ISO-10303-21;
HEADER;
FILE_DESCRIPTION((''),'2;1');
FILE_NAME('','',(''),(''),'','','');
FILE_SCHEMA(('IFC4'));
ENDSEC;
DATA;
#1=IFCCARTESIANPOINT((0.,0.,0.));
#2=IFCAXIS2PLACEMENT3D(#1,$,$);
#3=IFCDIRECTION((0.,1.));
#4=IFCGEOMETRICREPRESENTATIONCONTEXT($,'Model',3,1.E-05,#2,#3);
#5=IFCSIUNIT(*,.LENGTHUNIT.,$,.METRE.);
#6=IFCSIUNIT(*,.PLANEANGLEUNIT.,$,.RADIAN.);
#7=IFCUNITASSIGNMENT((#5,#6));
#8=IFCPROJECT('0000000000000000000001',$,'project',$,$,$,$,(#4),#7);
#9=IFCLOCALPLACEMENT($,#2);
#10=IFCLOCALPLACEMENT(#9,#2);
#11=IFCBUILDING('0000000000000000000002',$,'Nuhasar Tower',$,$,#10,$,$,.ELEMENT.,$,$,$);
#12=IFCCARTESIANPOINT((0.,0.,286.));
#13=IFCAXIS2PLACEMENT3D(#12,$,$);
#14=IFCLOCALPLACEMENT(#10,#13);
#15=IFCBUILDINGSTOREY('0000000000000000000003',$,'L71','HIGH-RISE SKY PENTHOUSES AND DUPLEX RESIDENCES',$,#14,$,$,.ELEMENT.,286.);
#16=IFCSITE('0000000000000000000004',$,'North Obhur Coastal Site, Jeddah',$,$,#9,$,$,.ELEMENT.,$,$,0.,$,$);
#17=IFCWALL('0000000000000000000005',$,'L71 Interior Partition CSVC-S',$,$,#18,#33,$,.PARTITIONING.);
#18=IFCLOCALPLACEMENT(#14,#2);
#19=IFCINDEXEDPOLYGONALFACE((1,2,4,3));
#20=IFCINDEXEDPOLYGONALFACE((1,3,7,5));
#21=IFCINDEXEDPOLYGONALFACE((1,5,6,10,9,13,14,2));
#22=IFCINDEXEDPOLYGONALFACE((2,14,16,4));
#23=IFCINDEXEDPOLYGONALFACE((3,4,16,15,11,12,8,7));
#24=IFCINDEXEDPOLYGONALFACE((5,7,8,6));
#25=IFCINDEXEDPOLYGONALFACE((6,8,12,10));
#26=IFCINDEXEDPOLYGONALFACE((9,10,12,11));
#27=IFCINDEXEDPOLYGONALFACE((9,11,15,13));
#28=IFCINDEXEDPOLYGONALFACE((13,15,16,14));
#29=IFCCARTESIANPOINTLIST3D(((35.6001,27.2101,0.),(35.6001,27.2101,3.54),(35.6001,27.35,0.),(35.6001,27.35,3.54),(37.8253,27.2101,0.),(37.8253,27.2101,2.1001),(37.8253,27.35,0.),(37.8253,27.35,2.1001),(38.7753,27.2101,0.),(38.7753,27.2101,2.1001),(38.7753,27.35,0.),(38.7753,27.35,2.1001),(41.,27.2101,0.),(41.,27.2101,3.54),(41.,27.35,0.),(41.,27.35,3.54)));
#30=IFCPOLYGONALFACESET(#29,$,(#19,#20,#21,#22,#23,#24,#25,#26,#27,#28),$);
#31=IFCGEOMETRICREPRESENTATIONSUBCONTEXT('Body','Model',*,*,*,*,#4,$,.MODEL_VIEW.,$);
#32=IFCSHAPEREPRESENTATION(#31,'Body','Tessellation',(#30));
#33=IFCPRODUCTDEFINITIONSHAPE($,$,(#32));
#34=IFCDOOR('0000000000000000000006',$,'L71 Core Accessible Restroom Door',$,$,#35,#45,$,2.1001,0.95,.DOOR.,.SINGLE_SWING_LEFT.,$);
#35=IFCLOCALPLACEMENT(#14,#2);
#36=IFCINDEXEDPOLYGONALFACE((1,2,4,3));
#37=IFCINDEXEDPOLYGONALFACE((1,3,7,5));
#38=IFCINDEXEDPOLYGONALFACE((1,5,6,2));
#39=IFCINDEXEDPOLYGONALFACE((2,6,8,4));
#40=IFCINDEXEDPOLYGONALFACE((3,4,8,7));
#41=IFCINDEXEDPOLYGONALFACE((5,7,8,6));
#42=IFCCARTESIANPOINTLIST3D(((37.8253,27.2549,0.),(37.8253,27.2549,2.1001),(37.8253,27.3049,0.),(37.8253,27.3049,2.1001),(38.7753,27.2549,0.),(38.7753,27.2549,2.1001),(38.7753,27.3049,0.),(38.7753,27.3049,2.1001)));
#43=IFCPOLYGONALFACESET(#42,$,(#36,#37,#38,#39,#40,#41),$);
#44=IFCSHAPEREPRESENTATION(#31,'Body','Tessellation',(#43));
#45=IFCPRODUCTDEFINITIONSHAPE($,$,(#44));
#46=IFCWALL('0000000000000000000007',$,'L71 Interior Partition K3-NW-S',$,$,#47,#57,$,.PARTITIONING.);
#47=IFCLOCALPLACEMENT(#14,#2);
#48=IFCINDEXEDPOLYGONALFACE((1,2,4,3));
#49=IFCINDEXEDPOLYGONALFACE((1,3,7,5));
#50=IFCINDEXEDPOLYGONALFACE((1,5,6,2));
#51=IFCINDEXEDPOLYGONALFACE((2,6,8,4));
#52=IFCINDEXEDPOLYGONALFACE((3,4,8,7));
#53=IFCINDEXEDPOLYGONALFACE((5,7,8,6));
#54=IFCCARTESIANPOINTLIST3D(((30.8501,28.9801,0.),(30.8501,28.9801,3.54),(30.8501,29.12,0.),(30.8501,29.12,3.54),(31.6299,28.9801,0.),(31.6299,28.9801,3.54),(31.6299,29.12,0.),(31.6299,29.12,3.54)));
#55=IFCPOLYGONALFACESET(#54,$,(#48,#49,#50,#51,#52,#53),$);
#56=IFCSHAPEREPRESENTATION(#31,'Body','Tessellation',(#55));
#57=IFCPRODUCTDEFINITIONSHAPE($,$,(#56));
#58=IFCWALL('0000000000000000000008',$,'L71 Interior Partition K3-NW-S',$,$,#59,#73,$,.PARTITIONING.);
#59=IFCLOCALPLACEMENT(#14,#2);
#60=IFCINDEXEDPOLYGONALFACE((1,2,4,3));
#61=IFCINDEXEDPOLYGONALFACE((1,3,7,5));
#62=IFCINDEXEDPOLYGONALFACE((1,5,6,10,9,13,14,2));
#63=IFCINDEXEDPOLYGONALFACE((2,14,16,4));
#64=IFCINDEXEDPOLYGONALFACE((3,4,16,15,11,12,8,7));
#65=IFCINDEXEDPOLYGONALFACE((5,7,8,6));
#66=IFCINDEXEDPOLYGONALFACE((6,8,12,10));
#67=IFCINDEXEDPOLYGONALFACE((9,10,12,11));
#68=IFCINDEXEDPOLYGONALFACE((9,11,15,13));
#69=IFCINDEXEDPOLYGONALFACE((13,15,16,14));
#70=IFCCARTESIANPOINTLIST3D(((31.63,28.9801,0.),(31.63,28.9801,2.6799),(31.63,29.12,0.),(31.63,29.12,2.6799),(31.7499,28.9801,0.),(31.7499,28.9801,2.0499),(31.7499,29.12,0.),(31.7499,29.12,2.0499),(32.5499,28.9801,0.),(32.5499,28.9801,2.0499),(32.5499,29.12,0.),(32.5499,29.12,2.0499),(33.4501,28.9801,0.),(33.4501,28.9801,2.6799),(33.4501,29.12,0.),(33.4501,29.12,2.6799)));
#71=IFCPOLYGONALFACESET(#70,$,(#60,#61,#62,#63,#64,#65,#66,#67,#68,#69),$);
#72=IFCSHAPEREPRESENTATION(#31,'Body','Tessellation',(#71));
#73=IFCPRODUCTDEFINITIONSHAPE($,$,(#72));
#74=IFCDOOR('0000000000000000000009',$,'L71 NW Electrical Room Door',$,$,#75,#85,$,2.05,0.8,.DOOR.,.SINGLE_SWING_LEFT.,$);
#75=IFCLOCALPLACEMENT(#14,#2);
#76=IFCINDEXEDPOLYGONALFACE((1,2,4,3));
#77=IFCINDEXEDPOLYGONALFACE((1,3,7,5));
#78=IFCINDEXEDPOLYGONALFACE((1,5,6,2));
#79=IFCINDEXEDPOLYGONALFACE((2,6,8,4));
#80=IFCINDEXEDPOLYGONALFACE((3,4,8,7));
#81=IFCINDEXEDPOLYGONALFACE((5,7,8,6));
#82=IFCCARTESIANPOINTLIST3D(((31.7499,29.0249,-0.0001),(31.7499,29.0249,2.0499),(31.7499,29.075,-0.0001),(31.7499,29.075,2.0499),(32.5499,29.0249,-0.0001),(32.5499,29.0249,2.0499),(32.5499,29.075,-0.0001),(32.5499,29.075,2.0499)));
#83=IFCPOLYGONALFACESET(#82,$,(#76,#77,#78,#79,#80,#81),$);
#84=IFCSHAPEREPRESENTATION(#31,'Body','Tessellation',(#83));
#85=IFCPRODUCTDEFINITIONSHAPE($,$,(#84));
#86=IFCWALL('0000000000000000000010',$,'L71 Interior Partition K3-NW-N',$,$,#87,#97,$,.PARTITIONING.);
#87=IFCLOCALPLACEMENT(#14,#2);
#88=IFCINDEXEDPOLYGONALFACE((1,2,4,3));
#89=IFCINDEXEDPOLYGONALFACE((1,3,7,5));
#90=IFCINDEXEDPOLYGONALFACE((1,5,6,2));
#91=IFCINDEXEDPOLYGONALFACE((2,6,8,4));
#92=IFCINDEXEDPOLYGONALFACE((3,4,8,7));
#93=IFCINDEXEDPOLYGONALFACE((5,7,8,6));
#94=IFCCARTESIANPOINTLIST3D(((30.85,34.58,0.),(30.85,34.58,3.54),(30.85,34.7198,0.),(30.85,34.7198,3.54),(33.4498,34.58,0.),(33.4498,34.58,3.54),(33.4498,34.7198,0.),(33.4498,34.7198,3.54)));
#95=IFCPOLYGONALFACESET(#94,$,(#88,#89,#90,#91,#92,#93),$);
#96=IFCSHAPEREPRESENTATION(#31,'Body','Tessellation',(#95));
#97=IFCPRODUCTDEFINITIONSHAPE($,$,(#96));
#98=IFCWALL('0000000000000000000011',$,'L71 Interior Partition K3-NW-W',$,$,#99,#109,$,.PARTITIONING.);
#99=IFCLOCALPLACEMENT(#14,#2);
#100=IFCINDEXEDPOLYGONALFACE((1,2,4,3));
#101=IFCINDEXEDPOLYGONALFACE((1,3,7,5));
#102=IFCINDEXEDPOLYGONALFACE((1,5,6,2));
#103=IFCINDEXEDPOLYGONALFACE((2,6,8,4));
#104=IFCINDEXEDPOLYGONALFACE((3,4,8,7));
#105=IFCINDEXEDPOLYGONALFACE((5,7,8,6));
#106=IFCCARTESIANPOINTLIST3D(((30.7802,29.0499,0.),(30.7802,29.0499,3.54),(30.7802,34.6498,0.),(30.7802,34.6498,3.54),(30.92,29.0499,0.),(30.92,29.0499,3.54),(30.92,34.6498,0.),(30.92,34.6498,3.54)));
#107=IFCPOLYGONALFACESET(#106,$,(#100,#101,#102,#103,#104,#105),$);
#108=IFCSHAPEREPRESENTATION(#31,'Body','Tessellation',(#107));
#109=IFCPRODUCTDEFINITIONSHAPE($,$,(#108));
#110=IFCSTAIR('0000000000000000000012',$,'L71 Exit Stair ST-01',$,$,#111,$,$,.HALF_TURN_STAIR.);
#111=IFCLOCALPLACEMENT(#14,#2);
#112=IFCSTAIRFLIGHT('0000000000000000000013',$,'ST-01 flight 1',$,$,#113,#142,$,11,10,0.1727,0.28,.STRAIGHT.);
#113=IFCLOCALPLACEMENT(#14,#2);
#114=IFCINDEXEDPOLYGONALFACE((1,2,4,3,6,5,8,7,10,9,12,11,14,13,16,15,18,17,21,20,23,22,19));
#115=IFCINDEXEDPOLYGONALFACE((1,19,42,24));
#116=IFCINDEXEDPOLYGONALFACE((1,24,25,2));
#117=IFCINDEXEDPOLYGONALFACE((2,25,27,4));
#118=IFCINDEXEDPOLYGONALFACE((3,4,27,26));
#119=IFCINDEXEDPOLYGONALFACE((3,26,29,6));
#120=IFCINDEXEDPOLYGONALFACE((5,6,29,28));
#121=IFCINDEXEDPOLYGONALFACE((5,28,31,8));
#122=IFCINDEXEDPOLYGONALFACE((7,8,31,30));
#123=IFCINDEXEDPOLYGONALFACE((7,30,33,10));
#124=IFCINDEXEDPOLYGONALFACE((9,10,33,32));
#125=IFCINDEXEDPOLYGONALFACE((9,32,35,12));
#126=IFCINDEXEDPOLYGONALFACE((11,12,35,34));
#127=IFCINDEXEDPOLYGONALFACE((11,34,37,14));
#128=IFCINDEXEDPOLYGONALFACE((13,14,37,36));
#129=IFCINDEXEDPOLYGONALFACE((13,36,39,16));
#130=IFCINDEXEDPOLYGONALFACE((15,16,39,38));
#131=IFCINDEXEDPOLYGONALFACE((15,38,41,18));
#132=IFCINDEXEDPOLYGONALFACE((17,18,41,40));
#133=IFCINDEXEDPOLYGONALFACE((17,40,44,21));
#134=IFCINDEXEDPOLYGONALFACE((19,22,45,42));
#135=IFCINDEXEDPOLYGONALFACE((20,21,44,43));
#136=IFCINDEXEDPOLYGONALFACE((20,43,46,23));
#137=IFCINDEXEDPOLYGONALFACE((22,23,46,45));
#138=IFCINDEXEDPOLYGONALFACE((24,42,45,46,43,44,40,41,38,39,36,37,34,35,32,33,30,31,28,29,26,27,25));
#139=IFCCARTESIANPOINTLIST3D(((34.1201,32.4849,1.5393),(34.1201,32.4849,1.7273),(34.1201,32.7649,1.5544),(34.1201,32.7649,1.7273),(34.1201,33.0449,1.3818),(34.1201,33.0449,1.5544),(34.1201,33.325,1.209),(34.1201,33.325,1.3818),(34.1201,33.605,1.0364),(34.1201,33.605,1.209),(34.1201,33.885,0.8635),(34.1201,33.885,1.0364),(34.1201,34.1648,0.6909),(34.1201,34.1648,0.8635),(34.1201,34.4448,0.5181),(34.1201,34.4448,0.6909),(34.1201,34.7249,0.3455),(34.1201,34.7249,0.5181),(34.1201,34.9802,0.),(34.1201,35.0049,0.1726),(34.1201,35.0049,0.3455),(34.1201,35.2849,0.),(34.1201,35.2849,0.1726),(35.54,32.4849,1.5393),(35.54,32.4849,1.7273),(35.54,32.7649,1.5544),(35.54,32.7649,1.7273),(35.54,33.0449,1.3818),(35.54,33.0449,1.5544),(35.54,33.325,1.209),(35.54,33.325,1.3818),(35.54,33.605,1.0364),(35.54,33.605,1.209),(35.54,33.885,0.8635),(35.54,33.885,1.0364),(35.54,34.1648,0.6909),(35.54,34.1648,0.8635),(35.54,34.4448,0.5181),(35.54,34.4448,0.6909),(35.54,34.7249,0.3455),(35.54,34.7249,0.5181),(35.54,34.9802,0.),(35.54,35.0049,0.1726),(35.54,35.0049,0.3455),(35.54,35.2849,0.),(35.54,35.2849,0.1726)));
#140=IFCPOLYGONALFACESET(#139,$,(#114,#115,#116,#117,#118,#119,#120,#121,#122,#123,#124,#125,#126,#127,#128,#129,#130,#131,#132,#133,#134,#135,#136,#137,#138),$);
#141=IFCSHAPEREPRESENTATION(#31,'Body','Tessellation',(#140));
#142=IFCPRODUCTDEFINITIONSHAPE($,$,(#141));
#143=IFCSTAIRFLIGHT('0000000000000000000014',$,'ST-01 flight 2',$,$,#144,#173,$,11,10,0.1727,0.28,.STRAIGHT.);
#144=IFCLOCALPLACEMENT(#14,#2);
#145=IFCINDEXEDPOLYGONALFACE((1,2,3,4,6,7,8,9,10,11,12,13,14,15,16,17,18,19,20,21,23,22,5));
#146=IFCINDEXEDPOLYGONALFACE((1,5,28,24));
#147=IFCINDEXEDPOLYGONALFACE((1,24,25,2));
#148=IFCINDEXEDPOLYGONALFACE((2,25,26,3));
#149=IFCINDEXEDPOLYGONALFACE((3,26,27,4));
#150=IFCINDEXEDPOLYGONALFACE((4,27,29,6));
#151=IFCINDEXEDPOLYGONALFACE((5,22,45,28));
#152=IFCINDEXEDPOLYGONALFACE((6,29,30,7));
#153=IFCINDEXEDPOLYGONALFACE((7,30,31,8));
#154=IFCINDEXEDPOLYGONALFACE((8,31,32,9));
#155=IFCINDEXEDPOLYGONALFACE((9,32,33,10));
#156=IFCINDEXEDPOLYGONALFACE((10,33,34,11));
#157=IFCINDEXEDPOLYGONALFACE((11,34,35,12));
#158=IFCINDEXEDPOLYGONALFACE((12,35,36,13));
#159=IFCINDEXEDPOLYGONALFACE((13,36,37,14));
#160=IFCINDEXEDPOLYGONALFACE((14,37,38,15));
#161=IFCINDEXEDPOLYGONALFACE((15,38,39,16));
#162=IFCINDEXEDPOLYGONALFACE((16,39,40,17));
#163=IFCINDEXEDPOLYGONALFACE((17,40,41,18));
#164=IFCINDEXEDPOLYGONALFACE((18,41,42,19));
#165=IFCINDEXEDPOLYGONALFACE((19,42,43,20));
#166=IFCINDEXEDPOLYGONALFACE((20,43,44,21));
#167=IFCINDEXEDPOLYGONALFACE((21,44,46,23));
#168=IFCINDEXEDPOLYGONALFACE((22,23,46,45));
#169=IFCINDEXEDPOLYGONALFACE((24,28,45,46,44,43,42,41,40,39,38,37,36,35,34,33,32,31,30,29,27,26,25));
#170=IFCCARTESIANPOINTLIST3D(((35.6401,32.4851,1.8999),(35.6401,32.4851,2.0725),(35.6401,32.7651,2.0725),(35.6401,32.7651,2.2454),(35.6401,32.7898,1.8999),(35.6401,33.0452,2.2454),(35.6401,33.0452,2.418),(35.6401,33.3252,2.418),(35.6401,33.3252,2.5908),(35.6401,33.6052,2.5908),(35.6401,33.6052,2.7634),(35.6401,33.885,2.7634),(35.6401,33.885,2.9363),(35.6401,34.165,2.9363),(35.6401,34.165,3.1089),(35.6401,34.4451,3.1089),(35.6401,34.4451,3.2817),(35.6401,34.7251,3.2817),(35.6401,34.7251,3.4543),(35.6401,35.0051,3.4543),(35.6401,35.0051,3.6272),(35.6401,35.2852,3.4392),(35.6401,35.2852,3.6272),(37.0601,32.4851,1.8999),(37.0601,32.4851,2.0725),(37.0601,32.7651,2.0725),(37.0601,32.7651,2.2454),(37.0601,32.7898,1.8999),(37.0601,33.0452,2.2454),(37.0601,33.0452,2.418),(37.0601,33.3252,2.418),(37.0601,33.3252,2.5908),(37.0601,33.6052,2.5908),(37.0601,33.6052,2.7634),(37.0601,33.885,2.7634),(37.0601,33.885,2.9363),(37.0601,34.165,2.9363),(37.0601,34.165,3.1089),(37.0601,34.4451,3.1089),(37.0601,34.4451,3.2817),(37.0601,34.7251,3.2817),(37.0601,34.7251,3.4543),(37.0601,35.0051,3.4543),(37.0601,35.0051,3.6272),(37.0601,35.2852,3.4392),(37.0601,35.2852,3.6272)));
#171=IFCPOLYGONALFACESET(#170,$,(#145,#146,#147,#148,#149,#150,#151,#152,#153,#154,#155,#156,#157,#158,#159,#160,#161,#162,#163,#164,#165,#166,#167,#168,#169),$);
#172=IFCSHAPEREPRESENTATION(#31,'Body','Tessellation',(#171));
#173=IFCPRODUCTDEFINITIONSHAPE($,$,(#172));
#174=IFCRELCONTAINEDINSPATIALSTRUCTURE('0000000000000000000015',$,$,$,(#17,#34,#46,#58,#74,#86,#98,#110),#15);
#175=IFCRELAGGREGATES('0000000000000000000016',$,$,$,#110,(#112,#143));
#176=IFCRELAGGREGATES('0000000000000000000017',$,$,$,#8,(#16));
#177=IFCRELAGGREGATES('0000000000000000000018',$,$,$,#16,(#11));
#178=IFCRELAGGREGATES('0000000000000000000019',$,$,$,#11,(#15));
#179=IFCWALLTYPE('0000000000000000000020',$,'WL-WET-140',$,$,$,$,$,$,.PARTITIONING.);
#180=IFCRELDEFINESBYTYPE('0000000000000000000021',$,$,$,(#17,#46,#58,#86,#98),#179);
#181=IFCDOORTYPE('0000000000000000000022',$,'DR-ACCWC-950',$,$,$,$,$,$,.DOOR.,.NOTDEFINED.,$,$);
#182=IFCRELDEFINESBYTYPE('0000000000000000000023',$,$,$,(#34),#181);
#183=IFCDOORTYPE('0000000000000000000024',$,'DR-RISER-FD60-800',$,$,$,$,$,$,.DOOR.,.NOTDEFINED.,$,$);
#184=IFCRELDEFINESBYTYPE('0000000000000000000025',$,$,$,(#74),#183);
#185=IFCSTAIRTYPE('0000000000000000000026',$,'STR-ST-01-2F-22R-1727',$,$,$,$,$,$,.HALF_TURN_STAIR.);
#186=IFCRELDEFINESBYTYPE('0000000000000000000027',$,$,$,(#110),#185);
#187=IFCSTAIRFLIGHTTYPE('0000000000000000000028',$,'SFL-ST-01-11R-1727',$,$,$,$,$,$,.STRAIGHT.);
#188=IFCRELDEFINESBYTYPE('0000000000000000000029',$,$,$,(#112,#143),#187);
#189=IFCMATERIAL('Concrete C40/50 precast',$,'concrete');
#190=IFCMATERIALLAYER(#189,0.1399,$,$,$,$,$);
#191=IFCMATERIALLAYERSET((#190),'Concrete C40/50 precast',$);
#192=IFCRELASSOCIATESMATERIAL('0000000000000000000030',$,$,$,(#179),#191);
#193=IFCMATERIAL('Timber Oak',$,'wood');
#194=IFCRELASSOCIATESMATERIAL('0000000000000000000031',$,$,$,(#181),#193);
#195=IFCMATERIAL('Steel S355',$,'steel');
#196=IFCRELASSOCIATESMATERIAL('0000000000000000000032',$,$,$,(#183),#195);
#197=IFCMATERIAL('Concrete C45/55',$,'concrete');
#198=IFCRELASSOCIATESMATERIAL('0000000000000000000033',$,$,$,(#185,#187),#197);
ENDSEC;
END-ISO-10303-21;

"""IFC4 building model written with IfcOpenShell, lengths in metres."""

from ifc_helpers import new_model, si_unit, direction, frame, frame_2d, origin, place, context, subcontext, project, spatial, polyline, rectangle, outline, extrude, material, layer, layer_set, type_object, element, fill, aggregate, save


model = new_model("IFC4")

# Units and contexts
model_context = context("Model", 3, precision=1e-05, world=origin(), true_north=direction((0.0, 1.0)))
body_context = subcontext(model_context, "Body", "Model", "MODEL_VIEW")
ifc_project = project(units=[si_unit("LENGTHUNIT", "METRE"), si_unit("PLANEANGLEUNIT", "RADIAN")], contexts=[model_context])

# Site, building, storey
site_placement = place(None, origin())
site = spatial("IfcSite", under=ifc_project, at=site_placement, Name="North Obhur Coastal Site, Jeddah", CompositionType="ELEMENT", RefElevation=0.0)
building_placement = place(site_placement, origin())
building = spatial("IfcBuilding", under=site, at=building_placement, Name="Nuhasar Tower", CompositionType="ELEMENT")
storey_placement = place(building_placement, frame((0.0, 0.0, 286.0)))
storey = spatial("IfcBuildingStorey", under=building, at=storey_placement, Name="L71", Description="HIGH-RISE SKY PENTHOUSES AND DUPLEX RESIDENCES", CompositionType="ELEMENT", Elevation=286.0)

# Shared definitions
ifc_material_1 = material(Name="Steel S355", Category="steel")

# Shared definitions
ifc_material_2 = material(Name="Concrete C40/50 precast", Category="concrete")
ifc_layer_1 = layer(ifc_material_2, 0.1399)
ifc_layer_set_1 = layer_set([ifc_layer_1], Name="Concrete C40/50 precast")
wall_type_1 = type_object("IfcWallType", Name="WL-WET-140", PredefinedType="PARTITIONING", material=ifc_layer_set_1)

# Wall, opening, door
wall_1_placement = place(storey_placement, frame((35.6001, 27.28, 0.0), z_axis=(0.0, 0.0, 1.0), x_axis=(1.0, 0.0, 0.0)))
wall_1 = element("IfcWall", 1, at=wall_1_placement, inside=storey, type_object=wall_type_1, Name="L71 Interior Partition CSVC-S", PredefinedType="PARTITIONING", context=body_context, shape_type="SweptSolid", body=[
    extrude(rectangle(XDim=5.3999, YDim=0.1399, at=frame_2d((2.7, 0.0))), origin(), (0.0, 0.0, 1.0), 3.54),
])
opening_1_placement = place(wall_1_placement, frame((2.2251, 0.0, 0.0)))
opening_1 = element("IfcOpeningElement", 2, at=opening_1_placement, cuts=wall_1, PredefinedType="OPENING", context=body_context, shape_type="SweptSolid", body=[
    extrude(rectangle(XDim=0.95, YDim=2.1001, at=frame_2d((0.4751, 1.05))), frame((0.0, 0.0801, 0.0), z_axis=(0.0, -1.0, 0.0), x_axis=(1.0, 0.0, 0.0)), (0.0, 0.0, 1.0), 0.1599),
])
ifc_material_3 = material(Name="Timber Oak", Category="wood")
door_type_1 = type_object("IfcDoorType", Name="DR-ACCWC-950", OperationType="NOTDEFINED", PredefinedType="DOOR", material=ifc_material_3)
door_1_placement = place(opening_1_placement, origin())
door_1 = element("IfcDoor", 3, at=door_1_placement, inside=storey, type_object=door_type_1, Name="L71 Core Accessible Restroom Door", OperationType="SINGLE_SWING_LEFT", OverallHeight=2.1001, OverallWidth=0.95, PredefinedType="DOOR", context=body_context, shape_type="SweptSolid", body=[
    extrude(rectangle(XDim=0.95, YDim=2.1001, at=frame_2d((0.4751, 1.05))), frame((0.0, 0.0249, 0.0), z_axis=(0.0, -1.0, 0.0), x_axis=(1.0, 0.0, 0.0)), (0.0, 0.0, 1.0), 0.05),
])
fill(opening_1, door_1)

# Wall
wall_2_placement = place(storey_placement, frame((30.8501, 29.05, 0.0), z_axis=(0.0, 0.0, 1.0), x_axis=(1.0, 0.0, 0.0)))
element("IfcWall", 4, at=wall_2_placement, inside=storey, type_object=wall_type_1, Name="L71 Interior Partition K3-NW-S", PredefinedType="PARTITIONING", context=body_context, shape_type="SweptSolid", body=[
    extrude(rectangle(XDim=0.7798, YDim=0.1399, at=frame_2d((0.3899, 0.0))), origin(), (0.0, 0.0, 1.0), 3.54),
])

# Wall, opening, door
wall_3_placement = place(storey_placement, frame((31.6299, 29.05, 0.0), z_axis=(0.0, 0.0, 1.0), x_axis=(1.0, 0.0, 0.0)))
wall_3 = element("IfcWall", 5, at=wall_3_placement, inside=storey, type_object=wall_type_1, Name="L71 Interior Partition K3-NW-S", PredefinedType="PARTITIONING", context=body_context, shape_type="SweptSolid", body=[
    extrude(rectangle(XDim=1.8201, YDim=0.1399, at=frame_2d((0.9102, 0.0))), origin(), (0.0, 0.0, 1.0), 2.6799),
])
opening_2_placement = place(wall_3_placement, frame((0.1201, 0.0, 0.0)))
opening_2 = element("IfcOpeningElement", 6, at=opening_2_placement, cuts=wall_3, PredefinedType="OPENING", context=body_context, shape_type="SweptSolid", body=[
    extrude(rectangle(XDim=0.8, YDim=2.05, at=frame_2d((0.3999, 1.0249))), frame((0.0, 0.0801, 0.0), z_axis=(0.0, -1.0, 0.0), x_axis=(1.0, 0.0, 0.0)), (0.0, 0.0, 1.0), 0.1599),
])
door_type_2 = type_object("IfcDoorType", Name="DR-RISER-FD60-800", OperationType="NOTDEFINED", PredefinedType="DOOR", material=ifc_material_1)
door_2_placement = place(opening_2_placement, origin())
door_2 = element("IfcDoor", 7, at=door_2_placement, inside=storey, type_object=door_type_2, Name="L71 NW Electrical Room Door", OperationType="SINGLE_SWING_LEFT", OverallHeight=2.05, OverallWidth=0.8, PredefinedType="DOOR", context=body_context, shape_type="SweptSolid", body=[
    extrude(rectangle(XDim=0.8, YDim=2.05, at=frame_2d((0.3999, 1.0249))), frame((0.0, 0.0249, 0.0), z_axis=(0.0, -1.0, 0.0), x_axis=(1.0, 0.0, 0.0)), (0.0, 0.0, 1.0), 0.05),
])
fill(opening_2, door_2)

# Walls
wall_4_placement = place(storey_placement, frame((30.8501, 34.6499, 0.0), z_axis=(0.0, 0.0, 1.0), x_axis=(1.0, 0.0, 0.0)))
element("IfcWall", 8, at=wall_4_placement, inside=storey, type_object=wall_type_1, Name="L71 Interior Partition K3-NW-N", PredefinedType="PARTITIONING", context=body_context, shape_type="SweptSolid", body=[
    extrude(rectangle(XDim=2.5999, YDim=0.1399, at=frame_2d((1.2998, 0.0))), origin(), (0.0, 0.0, 1.0), 3.54),
])
wall_5_placement = place(storey_placement, frame((30.8501, 29.05, 0.0), z_axis=(0.0, 0.0, 1.0), x_axis=(0.0, 1.0, 0.0)))
element("IfcWall", 9, at=wall_5_placement, inside=storey, type_object=wall_type_1, Name="L71 Interior Partition K3-NW-W", PredefinedType="PARTITIONING", context=body_context, shape_type="SweptSolid", body=[
    extrude(rectangle(XDim=5.5999, YDim=0.1399, at=frame_2d((2.7998, 0.0))), origin(), (0.0, 0.0, 1.0), 3.54),
])

# Stair, stair flights
ifc_material_4 = material(Name="Concrete C45/55", Category="concrete")
stair_type_1 = type_object("IfcStairType", Name="STR-ST-01-2F-22R-1727", PredefinedType="HALF_TURN_STAIR", material=ifc_material_4)
stair_1_placement = place(storey_placement, origin())
stair_1 = element("IfcStair", 10, at=stair_1_placement, inside=storey, type_object=stair_type_1, Name="L71 Exit Stair ST-01", PredefinedType="HALF_TURN_STAIR")
stair_flight_type_1 = type_object("IfcStairFlightType", Name="SFL-ST-01-11R-1727", PredefinedType="STRAIGHT", material=ifc_material_4)
stair_flight_1_placement = place(storey_placement, frame((34.8301, 35.2849, 0.0), z_axis=(0.0, 0.0, 1.0), x_axis=(0.0, -1.0, 0.0)))
stair_flight_1 = element("IfcStairFlight", 11, at=stair_flight_1_placement, type_object=stair_flight_type_1, Name="ST-01 flight 1", NumberOfRisers=11, NumberOfTreads=10, PredefinedType="STRAIGHT", RiserHeight=0.1727, TreadLength=0.28, context=body_context, shape_type="SweptSolid", body=[
    extrude(outline(polyline([(0.0, 0.0), (0.0, 0.1726), (0.28, 0.1726), (0.28, 0.3455), (0.5601, 0.3455), (0.5601, 0.5181), (0.8401, 0.5181), (0.8401, 0.6909), (1.1201, 0.6909), (1.1201, 0.8635), (1.3999, 0.8635), (1.3999, 1.0364), (1.6799, 1.0364), (1.6799, 1.209), (1.96, 1.209), (1.96, 1.3818), (2.24, 1.3818), (2.24, 1.5544), (2.52, 1.5544), (2.52, 1.7273), (2.8, 1.7273), (2.8, 1.8999), (2.8, 1.5393), (0.3047, 0.0), (0.0, 0.0)])), frame((0.0, 0.71, 0.0), z_axis=(0.0, -1.0, 0.0), x_axis=(1.0, 0.0, 0.0)), (0.0, 0.0, 1.0), 1.4199),
])
stair_flight_2_placement = place(storey_placement, frame((36.3501, 32.4851, 1.8999), z_axis=(0.0, 0.0, 1.0), x_axis=(0.0, 1.0, 0.0)))
stair_flight_2 = element("IfcStairFlight", 12, at=stair_flight_2_placement, type_object=stair_flight_type_1, Name="ST-01 flight 2", NumberOfRisers=11, NumberOfTreads=10, PredefinedType="STRAIGHT", RiserHeight=0.1727, TreadLength=0.28, context=body_context, shape_type="SweptSolid", body=[
    extrude(outline(polyline([(0.0, 0.0), (0.0, 0.1726), (0.28, 0.1726), (0.28, 0.3455), (0.5601, 0.3455), (0.5601, 0.5181), (0.8401, 0.5181), (0.8401, 0.6909), (1.1201, 0.6909), (1.1201, 0.8635), (1.3999, 0.8635), (1.3999, 1.0364), (1.6799, 1.0364), (1.6799, 1.209), (1.96, 1.209), (1.96, 1.3818), (2.24, 1.3818), (2.24, 1.5544), (2.52, 1.5544), (2.52, 1.7273), (2.8, 1.7273), (2.8, 1.8999), (2.8, 1.5393), (0.3047, 0.0), (0.0, 0.0)])), frame((0.0, 0.71, 0.0), z_axis=(0.0, -1.0, 0.0), x_axis=(1.0, 0.0, 0.0)), (0.0, 0.0, 1.0), 1.4199),
])
aggregate(stair_1, [stair_flight_1, stair_flight_2])

save(model, "model.ifc")
